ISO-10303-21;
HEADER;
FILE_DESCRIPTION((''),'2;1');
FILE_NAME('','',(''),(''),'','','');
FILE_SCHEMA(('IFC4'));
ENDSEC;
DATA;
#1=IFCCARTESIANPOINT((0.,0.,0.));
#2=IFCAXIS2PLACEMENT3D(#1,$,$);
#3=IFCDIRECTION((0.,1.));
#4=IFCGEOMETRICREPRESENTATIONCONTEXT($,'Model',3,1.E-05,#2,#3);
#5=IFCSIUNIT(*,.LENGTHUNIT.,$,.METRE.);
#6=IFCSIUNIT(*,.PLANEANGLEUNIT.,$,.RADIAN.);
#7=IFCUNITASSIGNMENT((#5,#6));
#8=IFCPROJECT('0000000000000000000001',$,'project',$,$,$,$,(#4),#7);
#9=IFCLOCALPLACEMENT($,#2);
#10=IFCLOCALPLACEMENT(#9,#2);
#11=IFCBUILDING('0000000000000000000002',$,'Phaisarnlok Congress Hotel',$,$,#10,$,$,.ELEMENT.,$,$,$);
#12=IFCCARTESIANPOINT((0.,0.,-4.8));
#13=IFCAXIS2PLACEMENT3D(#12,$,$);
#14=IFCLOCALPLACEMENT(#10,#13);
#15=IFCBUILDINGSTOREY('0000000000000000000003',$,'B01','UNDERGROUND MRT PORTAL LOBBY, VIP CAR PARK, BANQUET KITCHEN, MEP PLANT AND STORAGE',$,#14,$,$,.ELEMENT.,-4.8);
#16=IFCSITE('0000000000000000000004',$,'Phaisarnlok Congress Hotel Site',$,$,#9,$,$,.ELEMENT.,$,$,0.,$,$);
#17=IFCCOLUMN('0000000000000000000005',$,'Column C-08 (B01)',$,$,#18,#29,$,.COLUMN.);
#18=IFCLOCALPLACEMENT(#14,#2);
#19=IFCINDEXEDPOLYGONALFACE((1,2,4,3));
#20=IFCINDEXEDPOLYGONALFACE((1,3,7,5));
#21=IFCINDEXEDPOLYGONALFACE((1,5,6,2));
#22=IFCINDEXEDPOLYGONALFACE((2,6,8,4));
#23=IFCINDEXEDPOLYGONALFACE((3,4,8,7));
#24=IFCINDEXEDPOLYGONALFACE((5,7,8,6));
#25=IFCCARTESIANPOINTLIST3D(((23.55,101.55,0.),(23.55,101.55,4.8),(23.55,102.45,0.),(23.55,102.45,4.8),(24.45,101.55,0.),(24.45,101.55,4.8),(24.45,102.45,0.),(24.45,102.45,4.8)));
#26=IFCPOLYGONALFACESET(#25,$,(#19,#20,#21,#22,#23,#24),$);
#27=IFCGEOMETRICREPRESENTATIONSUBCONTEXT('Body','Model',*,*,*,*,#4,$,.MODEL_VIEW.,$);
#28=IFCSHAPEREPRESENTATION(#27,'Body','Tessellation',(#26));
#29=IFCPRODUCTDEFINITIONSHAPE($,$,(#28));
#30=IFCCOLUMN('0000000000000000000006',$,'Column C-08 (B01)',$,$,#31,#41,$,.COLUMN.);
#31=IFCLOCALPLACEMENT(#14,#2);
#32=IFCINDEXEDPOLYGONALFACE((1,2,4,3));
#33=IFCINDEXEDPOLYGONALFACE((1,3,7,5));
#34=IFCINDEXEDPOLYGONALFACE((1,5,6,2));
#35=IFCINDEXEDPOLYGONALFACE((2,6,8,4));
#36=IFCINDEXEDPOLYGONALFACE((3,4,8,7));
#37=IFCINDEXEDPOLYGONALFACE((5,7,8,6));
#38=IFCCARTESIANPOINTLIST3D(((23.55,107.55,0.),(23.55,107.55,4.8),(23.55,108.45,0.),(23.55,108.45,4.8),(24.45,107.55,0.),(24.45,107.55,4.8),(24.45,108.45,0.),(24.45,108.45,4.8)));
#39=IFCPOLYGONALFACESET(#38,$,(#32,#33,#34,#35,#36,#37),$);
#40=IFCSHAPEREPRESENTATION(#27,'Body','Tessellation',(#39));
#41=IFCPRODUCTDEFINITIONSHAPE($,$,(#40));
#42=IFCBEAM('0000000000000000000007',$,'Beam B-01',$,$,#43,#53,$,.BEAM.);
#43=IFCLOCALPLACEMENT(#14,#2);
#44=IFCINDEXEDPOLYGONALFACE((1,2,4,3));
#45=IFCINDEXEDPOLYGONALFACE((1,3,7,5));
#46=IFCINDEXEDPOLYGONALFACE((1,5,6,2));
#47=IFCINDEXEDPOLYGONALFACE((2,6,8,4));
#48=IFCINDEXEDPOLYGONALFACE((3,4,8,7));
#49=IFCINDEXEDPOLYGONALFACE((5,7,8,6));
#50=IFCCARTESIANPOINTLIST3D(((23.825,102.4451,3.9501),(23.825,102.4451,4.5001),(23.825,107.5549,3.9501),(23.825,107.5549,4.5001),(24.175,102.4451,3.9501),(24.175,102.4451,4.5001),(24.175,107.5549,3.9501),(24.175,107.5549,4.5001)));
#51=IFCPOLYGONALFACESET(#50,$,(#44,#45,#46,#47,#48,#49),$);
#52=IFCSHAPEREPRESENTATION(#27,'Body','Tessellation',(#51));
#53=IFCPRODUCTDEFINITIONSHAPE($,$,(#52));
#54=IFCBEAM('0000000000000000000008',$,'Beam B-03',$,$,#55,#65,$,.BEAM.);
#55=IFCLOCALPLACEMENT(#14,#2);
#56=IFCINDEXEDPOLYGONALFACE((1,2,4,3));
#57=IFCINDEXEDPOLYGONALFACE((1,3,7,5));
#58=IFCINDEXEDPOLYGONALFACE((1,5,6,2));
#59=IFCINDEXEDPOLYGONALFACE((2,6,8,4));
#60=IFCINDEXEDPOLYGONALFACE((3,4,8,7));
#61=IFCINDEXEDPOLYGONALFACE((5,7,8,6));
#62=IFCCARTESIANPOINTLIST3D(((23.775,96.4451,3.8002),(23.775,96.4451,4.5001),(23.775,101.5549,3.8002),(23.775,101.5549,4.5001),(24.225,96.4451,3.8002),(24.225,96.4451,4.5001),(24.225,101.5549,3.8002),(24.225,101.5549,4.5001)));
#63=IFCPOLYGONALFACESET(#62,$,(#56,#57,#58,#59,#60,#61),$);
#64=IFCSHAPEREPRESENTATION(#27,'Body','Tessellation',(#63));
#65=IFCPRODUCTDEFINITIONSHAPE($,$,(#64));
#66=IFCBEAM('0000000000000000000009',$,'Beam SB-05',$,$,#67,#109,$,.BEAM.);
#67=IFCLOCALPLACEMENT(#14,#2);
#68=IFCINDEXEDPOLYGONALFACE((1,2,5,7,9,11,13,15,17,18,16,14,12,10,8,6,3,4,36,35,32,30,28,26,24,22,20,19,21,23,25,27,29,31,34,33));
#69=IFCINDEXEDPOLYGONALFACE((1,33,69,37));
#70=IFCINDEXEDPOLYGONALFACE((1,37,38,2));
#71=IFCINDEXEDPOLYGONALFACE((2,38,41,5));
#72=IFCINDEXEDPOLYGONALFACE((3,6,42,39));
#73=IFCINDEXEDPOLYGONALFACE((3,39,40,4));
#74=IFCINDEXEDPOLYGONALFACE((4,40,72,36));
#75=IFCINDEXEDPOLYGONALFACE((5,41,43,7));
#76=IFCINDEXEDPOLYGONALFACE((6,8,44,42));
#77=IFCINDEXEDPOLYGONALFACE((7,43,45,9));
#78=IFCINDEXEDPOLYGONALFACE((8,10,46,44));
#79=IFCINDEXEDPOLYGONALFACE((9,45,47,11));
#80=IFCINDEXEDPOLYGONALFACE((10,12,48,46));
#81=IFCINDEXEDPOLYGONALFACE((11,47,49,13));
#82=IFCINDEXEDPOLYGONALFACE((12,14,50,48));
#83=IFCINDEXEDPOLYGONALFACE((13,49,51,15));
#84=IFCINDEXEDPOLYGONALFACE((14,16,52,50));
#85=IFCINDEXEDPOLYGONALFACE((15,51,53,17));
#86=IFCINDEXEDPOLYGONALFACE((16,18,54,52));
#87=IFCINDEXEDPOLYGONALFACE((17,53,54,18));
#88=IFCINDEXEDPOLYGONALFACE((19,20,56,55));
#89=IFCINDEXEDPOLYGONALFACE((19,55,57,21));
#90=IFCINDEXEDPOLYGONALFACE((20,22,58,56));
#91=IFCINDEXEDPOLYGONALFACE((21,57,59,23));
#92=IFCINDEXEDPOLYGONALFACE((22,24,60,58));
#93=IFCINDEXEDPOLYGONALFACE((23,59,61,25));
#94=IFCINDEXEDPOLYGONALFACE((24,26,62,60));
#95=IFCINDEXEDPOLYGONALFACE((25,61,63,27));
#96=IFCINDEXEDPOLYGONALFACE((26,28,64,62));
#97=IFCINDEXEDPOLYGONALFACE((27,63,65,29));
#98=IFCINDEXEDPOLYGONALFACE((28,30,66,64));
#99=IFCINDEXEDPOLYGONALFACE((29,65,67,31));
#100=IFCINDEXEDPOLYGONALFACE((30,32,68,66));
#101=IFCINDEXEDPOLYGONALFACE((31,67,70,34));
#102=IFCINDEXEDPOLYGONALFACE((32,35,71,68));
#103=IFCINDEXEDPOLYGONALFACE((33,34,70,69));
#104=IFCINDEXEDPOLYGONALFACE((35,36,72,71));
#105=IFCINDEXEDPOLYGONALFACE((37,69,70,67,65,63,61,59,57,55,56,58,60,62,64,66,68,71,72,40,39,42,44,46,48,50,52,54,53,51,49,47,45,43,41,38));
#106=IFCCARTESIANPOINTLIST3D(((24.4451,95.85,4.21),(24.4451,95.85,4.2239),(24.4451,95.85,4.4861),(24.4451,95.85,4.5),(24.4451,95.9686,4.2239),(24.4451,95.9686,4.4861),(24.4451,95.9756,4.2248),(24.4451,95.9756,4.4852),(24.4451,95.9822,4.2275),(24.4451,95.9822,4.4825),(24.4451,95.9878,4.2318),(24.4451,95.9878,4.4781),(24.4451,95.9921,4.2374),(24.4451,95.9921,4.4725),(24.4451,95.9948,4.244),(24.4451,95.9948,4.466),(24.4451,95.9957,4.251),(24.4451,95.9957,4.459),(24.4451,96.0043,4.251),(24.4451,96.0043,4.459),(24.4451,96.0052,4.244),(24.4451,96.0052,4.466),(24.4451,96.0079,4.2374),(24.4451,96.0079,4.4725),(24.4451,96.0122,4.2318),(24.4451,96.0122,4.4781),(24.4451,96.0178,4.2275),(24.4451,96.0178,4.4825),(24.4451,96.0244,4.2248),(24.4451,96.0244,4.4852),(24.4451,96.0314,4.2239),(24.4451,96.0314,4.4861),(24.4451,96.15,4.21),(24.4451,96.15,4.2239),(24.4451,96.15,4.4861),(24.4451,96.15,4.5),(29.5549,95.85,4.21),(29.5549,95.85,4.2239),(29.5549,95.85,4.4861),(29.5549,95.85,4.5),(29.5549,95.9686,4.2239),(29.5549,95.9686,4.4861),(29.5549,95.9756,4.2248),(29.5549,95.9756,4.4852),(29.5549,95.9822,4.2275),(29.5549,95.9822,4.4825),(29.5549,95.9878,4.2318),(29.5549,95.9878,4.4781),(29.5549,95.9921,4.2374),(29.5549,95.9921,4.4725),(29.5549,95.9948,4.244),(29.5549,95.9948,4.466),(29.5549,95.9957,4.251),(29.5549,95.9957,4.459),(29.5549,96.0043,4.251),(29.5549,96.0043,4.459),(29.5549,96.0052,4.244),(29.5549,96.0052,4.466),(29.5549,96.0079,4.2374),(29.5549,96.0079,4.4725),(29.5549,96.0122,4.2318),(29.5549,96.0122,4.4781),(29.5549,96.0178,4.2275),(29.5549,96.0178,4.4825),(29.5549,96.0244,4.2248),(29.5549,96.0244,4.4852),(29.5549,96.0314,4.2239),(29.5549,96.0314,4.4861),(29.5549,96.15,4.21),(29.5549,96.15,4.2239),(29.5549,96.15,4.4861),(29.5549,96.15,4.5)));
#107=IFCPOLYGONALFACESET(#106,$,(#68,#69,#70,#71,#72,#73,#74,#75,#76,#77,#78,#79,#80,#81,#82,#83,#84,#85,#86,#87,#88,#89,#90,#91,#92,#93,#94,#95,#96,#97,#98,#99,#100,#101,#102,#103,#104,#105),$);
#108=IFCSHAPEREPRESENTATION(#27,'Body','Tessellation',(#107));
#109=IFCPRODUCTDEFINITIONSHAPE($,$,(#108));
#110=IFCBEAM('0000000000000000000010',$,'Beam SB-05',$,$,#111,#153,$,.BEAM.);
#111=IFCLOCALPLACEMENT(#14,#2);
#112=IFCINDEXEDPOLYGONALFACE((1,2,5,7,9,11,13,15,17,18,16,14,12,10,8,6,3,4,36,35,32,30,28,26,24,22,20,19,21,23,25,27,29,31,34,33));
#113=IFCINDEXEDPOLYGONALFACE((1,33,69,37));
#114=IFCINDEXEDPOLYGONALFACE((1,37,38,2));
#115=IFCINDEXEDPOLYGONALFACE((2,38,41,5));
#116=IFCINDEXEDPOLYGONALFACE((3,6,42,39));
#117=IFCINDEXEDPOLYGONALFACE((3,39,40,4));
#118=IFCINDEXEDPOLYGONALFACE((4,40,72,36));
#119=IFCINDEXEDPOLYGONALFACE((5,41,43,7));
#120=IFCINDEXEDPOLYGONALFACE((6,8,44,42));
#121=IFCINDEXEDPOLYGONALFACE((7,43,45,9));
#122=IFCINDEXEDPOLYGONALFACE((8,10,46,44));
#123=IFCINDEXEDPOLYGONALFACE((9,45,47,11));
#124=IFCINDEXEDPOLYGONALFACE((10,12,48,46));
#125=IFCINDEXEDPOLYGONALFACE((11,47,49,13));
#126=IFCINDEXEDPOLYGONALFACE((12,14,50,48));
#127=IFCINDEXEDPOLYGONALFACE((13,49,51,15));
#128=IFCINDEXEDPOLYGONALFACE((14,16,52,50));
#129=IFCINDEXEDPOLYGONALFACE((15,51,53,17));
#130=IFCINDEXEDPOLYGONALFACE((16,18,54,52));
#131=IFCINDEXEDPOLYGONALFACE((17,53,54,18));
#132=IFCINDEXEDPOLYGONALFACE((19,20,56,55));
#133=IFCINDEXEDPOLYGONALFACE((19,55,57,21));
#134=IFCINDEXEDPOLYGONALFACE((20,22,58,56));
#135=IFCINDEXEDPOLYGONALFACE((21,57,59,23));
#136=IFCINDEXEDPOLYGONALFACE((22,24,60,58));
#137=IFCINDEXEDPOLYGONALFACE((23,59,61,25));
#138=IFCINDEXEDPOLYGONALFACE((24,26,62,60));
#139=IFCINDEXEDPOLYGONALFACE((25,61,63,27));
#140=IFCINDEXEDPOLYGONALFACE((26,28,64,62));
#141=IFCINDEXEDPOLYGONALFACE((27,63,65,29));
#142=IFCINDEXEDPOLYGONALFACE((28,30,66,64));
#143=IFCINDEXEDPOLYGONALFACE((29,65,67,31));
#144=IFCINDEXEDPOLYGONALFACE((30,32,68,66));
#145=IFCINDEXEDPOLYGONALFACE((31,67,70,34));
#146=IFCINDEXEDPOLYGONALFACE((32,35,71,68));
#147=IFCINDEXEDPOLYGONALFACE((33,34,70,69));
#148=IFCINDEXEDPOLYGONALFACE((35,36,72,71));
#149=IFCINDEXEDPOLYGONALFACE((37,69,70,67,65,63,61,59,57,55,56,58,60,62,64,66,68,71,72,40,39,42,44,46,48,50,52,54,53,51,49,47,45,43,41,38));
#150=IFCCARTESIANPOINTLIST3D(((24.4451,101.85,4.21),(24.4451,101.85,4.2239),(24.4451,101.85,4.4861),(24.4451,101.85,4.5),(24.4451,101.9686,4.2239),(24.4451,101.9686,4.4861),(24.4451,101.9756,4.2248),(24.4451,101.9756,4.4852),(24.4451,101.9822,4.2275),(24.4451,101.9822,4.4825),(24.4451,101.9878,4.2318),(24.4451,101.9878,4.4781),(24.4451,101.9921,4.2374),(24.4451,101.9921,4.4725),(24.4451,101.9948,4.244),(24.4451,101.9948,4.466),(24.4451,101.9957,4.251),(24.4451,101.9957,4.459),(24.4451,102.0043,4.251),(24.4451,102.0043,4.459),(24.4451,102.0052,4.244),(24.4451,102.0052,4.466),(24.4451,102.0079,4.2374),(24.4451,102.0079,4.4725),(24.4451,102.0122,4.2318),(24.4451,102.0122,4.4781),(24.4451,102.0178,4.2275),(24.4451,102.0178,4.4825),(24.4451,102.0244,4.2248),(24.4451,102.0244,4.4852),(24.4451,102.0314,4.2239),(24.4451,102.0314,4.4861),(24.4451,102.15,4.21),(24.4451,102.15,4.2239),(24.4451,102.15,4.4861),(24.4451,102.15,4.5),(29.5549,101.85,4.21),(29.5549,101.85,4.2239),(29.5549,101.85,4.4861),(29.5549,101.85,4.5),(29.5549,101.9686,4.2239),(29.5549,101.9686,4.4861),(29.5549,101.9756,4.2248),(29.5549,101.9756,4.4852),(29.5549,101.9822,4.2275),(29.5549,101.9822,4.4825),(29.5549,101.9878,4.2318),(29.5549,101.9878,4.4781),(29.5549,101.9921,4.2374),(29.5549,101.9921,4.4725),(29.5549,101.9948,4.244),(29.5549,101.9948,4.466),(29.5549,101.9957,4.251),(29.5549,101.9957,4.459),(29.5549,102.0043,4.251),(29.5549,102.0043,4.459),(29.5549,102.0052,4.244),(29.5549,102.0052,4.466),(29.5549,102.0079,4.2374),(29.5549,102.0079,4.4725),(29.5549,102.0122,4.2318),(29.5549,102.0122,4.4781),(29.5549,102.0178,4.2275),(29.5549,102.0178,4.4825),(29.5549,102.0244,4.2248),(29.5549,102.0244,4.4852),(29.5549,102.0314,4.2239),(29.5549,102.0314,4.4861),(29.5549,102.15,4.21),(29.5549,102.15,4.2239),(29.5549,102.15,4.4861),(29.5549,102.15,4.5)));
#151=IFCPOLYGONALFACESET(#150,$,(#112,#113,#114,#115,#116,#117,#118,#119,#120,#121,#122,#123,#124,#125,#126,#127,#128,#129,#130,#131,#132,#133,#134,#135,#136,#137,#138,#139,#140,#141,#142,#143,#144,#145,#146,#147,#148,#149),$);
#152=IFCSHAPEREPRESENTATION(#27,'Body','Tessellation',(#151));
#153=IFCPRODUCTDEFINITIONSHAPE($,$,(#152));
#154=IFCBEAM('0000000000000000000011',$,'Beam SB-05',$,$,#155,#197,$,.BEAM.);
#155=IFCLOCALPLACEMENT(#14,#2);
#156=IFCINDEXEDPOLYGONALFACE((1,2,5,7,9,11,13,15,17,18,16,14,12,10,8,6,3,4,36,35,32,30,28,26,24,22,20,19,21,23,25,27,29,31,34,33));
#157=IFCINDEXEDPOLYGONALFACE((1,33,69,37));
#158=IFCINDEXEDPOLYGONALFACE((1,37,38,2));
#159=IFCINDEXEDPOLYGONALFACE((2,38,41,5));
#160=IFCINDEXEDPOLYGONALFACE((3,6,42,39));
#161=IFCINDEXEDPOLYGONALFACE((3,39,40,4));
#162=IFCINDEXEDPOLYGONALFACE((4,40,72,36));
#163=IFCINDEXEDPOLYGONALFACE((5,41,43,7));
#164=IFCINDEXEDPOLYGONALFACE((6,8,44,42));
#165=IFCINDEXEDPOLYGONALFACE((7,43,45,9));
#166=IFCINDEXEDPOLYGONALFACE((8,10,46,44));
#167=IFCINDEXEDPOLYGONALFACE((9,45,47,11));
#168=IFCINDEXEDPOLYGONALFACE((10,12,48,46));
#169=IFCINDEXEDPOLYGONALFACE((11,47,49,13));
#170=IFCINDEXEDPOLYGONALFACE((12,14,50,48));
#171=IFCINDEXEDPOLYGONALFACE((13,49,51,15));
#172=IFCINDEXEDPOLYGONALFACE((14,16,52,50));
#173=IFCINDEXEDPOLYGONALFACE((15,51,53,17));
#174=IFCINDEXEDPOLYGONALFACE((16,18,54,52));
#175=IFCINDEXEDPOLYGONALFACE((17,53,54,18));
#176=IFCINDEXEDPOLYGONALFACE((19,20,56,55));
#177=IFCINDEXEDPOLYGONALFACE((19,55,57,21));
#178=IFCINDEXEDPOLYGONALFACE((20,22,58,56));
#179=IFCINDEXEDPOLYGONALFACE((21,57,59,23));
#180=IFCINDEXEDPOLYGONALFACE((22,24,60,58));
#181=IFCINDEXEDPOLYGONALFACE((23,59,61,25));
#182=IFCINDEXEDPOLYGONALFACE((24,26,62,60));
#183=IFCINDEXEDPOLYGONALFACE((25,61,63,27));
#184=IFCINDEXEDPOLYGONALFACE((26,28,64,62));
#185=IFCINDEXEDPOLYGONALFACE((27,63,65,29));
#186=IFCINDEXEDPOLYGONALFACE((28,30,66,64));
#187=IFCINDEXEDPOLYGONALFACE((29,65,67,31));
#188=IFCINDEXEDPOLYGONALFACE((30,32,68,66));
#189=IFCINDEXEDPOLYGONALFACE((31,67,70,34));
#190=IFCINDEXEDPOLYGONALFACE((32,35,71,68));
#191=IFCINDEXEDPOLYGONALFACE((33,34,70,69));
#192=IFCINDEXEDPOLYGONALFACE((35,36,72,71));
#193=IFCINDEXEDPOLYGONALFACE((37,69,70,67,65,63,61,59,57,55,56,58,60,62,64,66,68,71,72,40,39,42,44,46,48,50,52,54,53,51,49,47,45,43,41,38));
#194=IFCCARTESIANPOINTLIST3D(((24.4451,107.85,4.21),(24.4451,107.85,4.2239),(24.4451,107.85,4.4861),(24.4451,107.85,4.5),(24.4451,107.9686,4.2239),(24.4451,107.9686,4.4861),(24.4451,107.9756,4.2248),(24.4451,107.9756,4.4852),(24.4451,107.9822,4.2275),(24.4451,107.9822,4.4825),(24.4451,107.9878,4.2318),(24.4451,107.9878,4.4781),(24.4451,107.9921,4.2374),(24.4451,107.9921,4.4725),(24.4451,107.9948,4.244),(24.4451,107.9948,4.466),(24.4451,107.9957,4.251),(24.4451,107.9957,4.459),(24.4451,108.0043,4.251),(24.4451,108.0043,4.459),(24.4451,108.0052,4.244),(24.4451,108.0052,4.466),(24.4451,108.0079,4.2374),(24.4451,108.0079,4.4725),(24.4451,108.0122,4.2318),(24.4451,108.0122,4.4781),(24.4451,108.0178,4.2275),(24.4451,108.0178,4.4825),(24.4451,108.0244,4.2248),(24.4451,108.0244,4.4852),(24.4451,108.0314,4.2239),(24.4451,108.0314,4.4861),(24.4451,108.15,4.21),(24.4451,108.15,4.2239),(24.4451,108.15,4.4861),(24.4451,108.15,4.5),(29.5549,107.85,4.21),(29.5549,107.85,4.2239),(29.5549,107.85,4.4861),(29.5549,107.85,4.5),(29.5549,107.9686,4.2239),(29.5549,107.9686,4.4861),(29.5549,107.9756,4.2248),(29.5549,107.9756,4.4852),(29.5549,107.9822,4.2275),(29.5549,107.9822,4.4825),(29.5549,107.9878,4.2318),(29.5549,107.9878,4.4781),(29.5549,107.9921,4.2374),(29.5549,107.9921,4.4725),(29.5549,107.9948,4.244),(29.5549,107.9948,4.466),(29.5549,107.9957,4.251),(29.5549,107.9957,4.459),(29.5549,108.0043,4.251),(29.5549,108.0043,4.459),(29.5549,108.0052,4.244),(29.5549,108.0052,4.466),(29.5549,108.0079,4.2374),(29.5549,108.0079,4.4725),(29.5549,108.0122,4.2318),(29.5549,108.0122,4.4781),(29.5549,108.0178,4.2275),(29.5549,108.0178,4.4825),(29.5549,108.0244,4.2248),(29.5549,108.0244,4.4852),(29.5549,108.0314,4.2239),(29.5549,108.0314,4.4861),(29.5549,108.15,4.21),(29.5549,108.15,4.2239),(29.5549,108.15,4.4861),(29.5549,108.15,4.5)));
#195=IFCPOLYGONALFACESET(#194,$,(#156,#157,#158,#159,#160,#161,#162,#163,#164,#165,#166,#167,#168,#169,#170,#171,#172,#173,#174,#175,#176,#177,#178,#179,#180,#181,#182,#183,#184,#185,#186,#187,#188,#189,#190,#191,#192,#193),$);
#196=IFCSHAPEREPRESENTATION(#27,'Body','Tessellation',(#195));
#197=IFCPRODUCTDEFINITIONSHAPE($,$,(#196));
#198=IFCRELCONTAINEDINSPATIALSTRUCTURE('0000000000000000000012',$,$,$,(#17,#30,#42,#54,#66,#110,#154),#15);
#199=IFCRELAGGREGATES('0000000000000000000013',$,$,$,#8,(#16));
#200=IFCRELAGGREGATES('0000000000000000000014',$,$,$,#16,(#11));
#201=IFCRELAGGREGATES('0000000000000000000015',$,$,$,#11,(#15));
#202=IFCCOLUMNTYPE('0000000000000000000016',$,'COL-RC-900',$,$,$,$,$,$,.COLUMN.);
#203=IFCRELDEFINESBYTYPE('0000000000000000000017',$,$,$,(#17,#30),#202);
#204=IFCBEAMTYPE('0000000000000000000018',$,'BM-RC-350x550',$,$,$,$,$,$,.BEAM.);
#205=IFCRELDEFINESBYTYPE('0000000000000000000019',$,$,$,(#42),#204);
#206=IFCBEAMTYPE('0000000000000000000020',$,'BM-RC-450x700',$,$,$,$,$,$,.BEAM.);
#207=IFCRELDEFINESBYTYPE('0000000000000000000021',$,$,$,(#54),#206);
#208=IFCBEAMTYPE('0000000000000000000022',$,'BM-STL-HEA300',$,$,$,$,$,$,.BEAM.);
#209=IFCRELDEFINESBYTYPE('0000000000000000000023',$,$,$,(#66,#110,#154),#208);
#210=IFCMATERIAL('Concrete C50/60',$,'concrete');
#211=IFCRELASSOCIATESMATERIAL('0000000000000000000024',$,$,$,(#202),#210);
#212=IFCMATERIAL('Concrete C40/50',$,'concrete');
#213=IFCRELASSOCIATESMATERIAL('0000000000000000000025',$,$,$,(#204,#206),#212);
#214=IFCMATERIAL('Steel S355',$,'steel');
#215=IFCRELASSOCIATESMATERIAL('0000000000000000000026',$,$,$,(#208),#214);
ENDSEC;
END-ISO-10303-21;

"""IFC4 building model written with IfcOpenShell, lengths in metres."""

from ifc_helpers import new_model, si_unit, direction, frame, origin, origin_2d, place, context, subcontext, project, spatial, rectangle, i_section, extrude, material, material_profile, profile_set, type_object, element, save


model = new_model("IFC4")

# Units and contexts
model_context = context("Model", 3, precision=1e-05, world=origin(), true_north=direction((0.0, 1.0)))
body_context = subcontext(model_context, "Body", "Model", "MODEL_VIEW")
ifc_project = project(units=[si_unit("LENGTHUNIT", "METRE"), si_unit("PLANEANGLEUNIT", "RADIAN")], contexts=[model_context])

# Site, building, storey
site_placement = place(None, origin())
site = spatial("IfcSite", under=ifc_project, at=site_placement, Name="Phaisarnlok Congress Hotel Site", CompositionType="ELEMENT", RefElevation=0.0)
building_placement = place(site_placement, origin())
building = spatial("IfcBuilding", under=site, at=building_placement, Name="Phaisarnlok Congress Hotel", CompositionType="ELEMENT")
storey_placement = place(building_placement, frame((0.0, 0.0, -4.8)))
storey = spatial("IfcBuildingStorey", under=building, at=storey_placement, Name="B01", Description="UNDERGROUND MRT PORTAL LOBBY, VIP CAR PARK, BANQUET KITCHEN, MEP PLANT AND STORAGE", CompositionType="ELEMENT", Elevation=-4.8)

# Shared definitions
ifc_material_1 = material(Name="Concrete C40/50", Category="concrete")

# Columns
ifc_material_2 = material(Name="Concrete C50/60", Category="concrete")
ifc_material_profile_1 = material_profile(ifc_material_2, rectangle(XDim=0.8999, YDim=0.8999, at=origin_2d()), Name="RC 900x900")
ifc_profile_set_1 = profile_set([ifc_material_profile_1], Name="Concrete C50/60")
column_type = type_object("IfcColumnType", Name="COL-RC-900", PredefinedType="COLUMN", material=ifc_profile_set_1)
for number, where, z_axis, x_axis, name in (
    (1, (24.0, 102.0, 0.0), (0.0, 0.0, 1.0), (1.0, 0.0, 0.0), "Column C-08 (B01)"),
    (2, (24.0, 108.0, 0.0), (0.0, 0.0, 1.0), (1.0, 0.0, 0.0), "Column C-08 (B01)"),
):
    element("IfcColumn", number, at=place(storey_placement, frame(where, z_axis=z_axis, x_axis=x_axis)), inside=storey, type_object=column_type, Name=name, PredefinedType="COLUMN", context=body_context, shape_type="SweptSolid", body=[
        extrude(rectangle(XDim=0.8999, YDim=0.8999, at=origin_2d()), origin(), (0.0, 0.0, 1.0), 4.8),
    ])

# Beams
ifc_material_profile_2 = material_profile(ifc_material_1, rectangle(XDim=0.3501, YDim=0.55, at=origin_2d()), Name="RC 350x550")
ifc_profile_set_2 = profile_set([ifc_material_profile_2], Name="Concrete C40/50")
beam_type_1 = type_object("IfcBeamType", Name="BM-RC-350x550", PredefinedType="BEAM", material=ifc_profile_set_2)
beam_1_placement = place(storey_placement, frame((24.0, 102.4451, 4.2251), z_axis=(0.0, 1.0, 0.0), x_axis=(-1.0, 0.0, 0.0)))
element("IfcBeam", 3, at=beam_1_placement, inside=storey, type_object=beam_type_1, Name="Beam B-01", PredefinedType="BEAM", context=body_context, shape_type="SweptSolid", body=[
    extrude(rectangle(XDim=0.3501, YDim=0.55, at=origin_2d()), origin(), (0.0, 0.0, 1.0), 5.1099),
])
ifc_material_profile_3 = material_profile(ifc_material_1, rectangle(XDim=0.45, YDim=0.7, at=origin_2d()), Name="RC 450x700")
ifc_profile_set_3 = profile_set([ifc_material_profile_3], Name="Concrete C40/50")
beam_type_2 = type_object("IfcBeamType", Name="BM-RC-450x700", PredefinedType="BEAM", material=ifc_profile_set_3)
beam_2_placement = place(storey_placement, frame((24.0, 96.4451, 4.1501), z_axis=(0.0, 1.0, 0.0), x_axis=(-1.0, 0.0, 0.0)))
element("IfcBeam", 4, at=beam_2_placement, inside=storey, type_object=beam_type_2, Name="Beam B-03", PredefinedType="BEAM", context=body_context, shape_type="SweptSolid", body=[
    extrude(rectangle(XDim=0.45, YDim=0.7, at=origin_2d()), origin(), (0.0, 0.0, 1.0), 5.1099),
])
ifc_material_3 = material(Name="Steel S355", Category="steel")
ifc_material_profile_4 = material_profile(ifc_material_3, i_section(OverallWidth=0.3, OverallDepth=0.29, WebThickness=0.0085, FlangeThickness=0.0139, FilletRadius=0.0271, at=origin_2d()), Name="HEA 300")
ifc_profile_set_4 = profile_set([ifc_material_profile_4], Name="Steel S355")
beam_type_3 = type_object("IfcBeamType", Name="BM-STL-HEA300", PredefinedType="BEAM", material=ifc_profile_set_4)
for number, where, z_axis, x_axis, name in (
    (5, (24.4451, 96.0, 4.355), (1.0, 0.0, 0.0), (0.0, 1.0, 0.0), "Beam SB-05"),
    (6, (24.4451, 102.0, 4.355), (1.0, 0.0, 0.0), (0.0, 1.0, 0.0), "Beam SB-05"),
    (7, (24.4451, 108.0, 4.355), (1.0, 0.0, 0.0), (0.0, 1.0, 0.0), "Beam SB-05"),
):
    element("IfcBeam", number, at=place(storey_placement, frame(where, z_axis=z_axis, x_axis=x_axis)), inside=storey, type_object=beam_type_3, Name=name, PredefinedType="BEAM", context=body_context, shape_type="SweptSolid", body=[
        extrude(i_section(OverallWidth=0.3, OverallDepth=0.29, WebThickness=0.0085, FlangeThickness=0.0139, FilletRadius=0.0271, at=origin_2d()), origin(), (0.0, 0.0, 1.0), 5.1099),
    ])

save(model, "model.ifc")
